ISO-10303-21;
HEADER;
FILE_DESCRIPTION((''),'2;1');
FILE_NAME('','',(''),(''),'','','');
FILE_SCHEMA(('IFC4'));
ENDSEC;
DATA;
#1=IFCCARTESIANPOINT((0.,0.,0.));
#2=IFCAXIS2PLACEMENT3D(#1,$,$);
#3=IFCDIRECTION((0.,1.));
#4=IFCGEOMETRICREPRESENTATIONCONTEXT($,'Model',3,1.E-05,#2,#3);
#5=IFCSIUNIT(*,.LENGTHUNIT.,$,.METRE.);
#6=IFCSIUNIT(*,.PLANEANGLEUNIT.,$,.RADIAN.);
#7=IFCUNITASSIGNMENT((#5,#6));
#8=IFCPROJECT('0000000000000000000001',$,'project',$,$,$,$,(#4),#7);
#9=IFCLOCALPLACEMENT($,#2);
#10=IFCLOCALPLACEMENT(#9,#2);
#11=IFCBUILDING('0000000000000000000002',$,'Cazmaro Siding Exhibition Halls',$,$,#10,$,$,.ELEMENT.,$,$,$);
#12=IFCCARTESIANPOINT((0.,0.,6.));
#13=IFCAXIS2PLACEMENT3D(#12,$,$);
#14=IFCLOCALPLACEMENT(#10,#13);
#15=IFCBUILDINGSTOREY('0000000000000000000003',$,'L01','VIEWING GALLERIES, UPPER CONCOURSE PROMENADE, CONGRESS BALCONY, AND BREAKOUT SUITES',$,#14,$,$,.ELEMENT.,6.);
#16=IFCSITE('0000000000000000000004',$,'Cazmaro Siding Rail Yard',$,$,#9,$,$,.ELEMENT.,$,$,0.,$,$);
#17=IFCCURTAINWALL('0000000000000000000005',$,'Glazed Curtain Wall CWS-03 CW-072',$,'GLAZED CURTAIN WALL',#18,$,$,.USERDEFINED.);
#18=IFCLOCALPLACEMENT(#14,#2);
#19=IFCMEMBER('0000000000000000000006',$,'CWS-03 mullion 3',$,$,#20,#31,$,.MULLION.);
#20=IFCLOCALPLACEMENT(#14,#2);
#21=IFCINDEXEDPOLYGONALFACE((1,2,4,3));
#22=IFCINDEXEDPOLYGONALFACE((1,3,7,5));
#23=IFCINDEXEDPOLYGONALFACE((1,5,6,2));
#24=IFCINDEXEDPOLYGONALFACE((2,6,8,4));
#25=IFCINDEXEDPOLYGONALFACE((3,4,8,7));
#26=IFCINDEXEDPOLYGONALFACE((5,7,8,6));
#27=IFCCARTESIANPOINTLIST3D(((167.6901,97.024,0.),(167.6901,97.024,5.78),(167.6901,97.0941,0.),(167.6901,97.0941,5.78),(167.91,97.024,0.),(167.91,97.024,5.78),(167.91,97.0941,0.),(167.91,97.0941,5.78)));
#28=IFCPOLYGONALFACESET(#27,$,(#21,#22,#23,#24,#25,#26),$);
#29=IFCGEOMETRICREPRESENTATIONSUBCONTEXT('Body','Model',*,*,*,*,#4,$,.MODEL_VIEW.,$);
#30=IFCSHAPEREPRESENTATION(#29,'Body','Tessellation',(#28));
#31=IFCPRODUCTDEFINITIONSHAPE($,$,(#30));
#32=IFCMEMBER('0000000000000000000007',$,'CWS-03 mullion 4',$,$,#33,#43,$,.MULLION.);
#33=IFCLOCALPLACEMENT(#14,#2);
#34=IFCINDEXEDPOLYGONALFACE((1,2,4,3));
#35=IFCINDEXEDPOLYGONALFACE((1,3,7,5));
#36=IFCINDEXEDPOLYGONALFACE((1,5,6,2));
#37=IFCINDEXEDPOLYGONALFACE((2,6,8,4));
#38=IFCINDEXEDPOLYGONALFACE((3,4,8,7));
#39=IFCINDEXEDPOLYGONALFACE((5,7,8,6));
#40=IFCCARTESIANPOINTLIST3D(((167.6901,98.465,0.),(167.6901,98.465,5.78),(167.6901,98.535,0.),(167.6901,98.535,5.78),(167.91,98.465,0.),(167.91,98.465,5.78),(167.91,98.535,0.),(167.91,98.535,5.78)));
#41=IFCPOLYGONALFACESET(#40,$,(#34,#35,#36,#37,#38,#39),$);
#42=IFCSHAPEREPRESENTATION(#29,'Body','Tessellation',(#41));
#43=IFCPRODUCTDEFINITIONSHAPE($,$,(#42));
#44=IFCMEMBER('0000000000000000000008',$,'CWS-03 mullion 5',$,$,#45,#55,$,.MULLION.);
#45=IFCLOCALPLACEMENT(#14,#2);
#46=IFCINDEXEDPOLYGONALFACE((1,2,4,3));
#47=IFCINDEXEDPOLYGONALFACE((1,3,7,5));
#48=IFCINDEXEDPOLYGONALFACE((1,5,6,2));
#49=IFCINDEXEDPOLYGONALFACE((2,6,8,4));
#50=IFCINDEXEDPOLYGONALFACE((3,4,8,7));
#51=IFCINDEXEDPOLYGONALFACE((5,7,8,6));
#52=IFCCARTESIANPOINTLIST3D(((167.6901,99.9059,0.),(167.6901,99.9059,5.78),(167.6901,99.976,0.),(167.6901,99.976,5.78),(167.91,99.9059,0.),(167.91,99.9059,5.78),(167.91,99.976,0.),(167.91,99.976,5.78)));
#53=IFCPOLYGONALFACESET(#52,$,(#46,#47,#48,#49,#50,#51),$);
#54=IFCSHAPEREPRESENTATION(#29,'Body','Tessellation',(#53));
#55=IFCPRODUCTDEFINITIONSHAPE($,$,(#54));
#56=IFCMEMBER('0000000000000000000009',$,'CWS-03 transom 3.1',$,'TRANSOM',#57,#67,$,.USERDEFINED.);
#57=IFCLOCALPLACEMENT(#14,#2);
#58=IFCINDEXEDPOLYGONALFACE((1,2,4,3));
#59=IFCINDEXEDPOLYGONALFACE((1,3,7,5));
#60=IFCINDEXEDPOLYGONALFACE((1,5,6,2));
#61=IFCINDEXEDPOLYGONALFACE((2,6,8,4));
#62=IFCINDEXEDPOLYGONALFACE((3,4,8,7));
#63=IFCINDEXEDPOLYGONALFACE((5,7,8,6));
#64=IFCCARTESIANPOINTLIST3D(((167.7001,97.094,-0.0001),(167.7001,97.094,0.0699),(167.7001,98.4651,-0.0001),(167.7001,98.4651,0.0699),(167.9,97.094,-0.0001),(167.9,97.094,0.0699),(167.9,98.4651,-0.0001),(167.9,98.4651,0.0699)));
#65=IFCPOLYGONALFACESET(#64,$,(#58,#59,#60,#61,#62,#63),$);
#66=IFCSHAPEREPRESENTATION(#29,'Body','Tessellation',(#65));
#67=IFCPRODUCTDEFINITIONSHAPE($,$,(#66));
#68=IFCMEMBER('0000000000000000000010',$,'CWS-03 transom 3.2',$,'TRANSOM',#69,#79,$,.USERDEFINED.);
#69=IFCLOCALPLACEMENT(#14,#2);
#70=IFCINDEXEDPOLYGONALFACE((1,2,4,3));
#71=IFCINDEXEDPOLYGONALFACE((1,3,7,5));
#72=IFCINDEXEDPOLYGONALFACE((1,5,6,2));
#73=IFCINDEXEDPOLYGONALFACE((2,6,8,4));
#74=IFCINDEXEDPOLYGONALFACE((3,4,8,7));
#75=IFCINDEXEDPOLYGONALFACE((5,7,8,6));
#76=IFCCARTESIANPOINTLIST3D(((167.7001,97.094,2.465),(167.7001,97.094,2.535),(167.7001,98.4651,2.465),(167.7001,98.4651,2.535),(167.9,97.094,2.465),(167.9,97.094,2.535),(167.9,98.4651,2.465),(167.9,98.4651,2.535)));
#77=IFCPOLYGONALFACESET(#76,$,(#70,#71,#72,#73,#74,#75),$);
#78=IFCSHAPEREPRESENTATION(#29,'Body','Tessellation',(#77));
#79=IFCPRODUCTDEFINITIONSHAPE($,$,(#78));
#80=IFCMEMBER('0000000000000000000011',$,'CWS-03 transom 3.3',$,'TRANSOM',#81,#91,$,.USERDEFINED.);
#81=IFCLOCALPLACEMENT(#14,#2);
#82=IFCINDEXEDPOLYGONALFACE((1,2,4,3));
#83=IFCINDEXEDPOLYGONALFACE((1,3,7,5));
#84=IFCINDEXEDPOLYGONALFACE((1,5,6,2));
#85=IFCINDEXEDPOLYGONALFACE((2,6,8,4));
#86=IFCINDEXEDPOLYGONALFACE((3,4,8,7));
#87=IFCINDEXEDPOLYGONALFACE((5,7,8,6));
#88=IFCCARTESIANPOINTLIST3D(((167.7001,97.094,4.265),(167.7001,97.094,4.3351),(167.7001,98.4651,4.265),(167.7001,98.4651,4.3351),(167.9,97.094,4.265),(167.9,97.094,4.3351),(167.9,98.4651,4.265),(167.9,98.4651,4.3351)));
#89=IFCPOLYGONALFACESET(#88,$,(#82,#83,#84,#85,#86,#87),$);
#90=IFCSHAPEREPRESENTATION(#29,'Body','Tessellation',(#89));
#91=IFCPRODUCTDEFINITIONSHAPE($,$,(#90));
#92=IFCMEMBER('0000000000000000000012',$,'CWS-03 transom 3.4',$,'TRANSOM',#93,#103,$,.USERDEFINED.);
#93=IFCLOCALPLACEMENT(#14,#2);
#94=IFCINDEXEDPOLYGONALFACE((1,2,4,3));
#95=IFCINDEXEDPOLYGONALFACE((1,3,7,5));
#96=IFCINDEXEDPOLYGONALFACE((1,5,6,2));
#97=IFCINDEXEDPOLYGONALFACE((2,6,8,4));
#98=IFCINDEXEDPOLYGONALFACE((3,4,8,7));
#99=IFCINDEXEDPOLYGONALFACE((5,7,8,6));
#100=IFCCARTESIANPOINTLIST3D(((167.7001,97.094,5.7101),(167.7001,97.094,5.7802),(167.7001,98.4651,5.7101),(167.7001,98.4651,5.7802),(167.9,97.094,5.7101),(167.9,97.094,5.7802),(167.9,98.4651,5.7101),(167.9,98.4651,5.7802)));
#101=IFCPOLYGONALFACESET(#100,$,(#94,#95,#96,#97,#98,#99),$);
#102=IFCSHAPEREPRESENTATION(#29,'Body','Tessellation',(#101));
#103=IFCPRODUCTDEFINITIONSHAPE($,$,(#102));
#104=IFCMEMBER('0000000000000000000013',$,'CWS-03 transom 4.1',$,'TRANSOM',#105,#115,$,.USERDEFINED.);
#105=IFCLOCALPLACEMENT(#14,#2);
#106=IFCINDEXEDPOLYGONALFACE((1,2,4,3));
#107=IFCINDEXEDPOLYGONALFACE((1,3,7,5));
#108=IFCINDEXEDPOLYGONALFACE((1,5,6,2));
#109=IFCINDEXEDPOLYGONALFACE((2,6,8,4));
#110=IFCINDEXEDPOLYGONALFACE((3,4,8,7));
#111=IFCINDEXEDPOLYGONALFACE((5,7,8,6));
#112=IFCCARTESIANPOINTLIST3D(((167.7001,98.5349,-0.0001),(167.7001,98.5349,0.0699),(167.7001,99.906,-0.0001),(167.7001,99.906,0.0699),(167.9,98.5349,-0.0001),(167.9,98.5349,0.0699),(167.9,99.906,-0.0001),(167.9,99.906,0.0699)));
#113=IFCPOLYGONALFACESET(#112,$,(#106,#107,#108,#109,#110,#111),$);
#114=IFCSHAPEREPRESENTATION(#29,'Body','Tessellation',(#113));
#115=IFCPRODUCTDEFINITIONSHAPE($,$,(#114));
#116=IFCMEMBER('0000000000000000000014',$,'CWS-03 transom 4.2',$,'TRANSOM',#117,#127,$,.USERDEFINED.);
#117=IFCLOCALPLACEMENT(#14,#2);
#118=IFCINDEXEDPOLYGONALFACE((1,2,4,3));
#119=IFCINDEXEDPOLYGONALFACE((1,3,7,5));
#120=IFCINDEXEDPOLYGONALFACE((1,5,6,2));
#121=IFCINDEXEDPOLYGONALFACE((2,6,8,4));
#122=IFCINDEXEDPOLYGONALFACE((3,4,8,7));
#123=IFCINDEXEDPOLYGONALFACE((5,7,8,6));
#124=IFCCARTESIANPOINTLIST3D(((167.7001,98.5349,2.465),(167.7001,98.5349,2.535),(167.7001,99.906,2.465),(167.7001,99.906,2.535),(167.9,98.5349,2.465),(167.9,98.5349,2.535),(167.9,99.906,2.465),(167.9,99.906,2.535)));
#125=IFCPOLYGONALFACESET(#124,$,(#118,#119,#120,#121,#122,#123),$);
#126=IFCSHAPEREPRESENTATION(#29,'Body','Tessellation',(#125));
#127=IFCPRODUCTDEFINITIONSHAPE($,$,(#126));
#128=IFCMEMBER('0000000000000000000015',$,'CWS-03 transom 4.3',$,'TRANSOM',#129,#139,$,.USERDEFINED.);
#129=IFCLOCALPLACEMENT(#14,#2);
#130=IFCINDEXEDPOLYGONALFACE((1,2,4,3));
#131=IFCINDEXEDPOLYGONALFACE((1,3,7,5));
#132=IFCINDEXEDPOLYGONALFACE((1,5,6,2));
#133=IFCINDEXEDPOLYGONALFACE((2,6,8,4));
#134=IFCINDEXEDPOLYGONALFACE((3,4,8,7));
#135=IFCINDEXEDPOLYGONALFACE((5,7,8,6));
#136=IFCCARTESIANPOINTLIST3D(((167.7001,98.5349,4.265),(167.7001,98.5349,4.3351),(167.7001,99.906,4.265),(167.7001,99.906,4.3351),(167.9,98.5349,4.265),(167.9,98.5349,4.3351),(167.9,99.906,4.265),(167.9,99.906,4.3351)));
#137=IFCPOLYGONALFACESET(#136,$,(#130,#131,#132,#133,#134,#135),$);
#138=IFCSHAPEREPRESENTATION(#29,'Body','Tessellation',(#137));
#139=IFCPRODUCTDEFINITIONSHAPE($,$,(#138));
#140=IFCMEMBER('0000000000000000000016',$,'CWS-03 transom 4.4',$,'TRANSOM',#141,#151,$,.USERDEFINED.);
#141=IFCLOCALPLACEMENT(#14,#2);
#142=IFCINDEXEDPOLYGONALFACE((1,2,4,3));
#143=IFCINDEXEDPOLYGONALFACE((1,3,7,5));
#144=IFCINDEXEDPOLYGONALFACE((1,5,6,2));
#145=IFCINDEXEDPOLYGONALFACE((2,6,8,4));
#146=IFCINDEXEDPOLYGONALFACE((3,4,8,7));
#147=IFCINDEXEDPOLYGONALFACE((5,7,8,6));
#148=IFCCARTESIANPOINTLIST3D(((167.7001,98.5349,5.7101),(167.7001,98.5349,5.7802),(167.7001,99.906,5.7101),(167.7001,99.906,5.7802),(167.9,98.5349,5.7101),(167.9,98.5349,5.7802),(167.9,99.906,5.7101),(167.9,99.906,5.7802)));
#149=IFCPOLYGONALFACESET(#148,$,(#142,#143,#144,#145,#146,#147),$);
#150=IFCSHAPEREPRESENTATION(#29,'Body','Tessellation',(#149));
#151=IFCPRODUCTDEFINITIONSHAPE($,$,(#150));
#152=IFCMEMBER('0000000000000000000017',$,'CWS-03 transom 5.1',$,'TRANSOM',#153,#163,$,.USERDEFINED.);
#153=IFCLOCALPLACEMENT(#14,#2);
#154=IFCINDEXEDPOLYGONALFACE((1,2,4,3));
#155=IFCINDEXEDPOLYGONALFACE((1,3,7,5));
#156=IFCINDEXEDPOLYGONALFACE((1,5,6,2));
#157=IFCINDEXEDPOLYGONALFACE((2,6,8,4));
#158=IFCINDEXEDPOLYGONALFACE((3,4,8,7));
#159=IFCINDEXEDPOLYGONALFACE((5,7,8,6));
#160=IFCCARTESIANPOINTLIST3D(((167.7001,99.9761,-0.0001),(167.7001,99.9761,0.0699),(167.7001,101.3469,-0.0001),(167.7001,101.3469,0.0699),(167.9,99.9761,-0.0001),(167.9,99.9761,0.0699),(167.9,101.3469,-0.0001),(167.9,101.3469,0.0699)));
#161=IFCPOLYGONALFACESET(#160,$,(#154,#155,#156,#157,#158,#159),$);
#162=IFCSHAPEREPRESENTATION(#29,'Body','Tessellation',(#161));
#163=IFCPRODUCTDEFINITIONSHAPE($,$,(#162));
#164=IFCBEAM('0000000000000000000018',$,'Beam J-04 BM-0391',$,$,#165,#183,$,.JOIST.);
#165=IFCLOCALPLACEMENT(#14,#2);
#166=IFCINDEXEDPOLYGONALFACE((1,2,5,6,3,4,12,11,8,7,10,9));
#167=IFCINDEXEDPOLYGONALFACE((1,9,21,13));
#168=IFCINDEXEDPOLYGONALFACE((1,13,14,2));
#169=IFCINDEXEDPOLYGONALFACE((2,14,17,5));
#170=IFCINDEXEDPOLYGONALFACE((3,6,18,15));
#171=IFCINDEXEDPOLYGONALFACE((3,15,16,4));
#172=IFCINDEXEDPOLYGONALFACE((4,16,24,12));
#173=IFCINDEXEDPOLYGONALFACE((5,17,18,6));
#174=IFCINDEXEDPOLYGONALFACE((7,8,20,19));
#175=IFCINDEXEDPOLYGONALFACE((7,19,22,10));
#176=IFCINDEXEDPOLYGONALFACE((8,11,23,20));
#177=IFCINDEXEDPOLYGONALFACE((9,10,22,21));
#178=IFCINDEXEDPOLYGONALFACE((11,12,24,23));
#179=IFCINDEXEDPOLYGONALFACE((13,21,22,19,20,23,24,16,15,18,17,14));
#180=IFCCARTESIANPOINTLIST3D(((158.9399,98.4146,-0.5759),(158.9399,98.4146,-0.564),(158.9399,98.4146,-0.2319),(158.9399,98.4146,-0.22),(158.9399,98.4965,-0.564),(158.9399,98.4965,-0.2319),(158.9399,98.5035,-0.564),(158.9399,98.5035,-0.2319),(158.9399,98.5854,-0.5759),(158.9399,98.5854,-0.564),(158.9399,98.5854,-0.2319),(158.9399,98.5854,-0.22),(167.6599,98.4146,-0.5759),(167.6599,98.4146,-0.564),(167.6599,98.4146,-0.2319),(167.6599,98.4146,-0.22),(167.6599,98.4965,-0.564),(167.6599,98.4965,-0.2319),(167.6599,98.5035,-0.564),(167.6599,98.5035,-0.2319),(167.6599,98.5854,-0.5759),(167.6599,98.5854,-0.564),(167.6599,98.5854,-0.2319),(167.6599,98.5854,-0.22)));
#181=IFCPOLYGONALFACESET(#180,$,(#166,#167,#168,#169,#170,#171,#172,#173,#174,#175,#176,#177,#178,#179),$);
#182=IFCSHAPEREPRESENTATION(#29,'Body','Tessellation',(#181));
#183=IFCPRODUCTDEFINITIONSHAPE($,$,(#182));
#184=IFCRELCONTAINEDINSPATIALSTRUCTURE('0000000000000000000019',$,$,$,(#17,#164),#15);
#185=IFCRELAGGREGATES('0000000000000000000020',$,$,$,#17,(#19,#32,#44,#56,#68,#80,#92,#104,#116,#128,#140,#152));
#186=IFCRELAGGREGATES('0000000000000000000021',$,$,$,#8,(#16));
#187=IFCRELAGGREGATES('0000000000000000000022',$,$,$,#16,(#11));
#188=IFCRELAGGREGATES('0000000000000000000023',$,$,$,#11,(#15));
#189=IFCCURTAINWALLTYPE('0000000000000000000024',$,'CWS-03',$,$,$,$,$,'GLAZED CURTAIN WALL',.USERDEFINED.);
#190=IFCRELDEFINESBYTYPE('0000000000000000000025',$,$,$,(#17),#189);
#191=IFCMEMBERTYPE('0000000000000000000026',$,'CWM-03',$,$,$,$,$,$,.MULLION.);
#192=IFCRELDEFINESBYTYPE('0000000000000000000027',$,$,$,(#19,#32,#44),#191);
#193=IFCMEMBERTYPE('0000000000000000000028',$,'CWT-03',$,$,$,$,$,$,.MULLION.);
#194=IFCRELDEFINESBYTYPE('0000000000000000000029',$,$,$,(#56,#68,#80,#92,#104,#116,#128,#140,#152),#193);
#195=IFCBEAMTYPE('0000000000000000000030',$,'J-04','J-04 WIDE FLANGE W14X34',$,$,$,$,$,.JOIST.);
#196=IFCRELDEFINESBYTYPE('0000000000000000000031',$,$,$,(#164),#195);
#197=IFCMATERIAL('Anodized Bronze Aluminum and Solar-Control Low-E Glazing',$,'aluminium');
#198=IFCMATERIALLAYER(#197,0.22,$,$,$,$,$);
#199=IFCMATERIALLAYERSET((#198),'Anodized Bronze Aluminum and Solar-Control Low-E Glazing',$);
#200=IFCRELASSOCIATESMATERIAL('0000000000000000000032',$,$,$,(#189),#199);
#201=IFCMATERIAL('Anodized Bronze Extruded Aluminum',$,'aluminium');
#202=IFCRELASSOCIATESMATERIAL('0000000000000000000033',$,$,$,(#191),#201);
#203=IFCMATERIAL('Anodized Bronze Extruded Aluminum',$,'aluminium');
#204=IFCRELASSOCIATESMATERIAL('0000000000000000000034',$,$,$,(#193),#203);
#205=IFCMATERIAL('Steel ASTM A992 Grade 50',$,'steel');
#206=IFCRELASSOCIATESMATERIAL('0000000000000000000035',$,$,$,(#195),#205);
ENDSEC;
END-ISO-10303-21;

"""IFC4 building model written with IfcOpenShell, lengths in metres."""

from ifc_helpers import new_model, si_unit, direction, frame, origin, origin_2d, place, context, subcontext, project, spatial, rectangle, i_section, extrude, material, layer, layer_set, material_profile, profile_set, type_object, element, aggregate, save


model = new_model("IFC4")

# Units and contexts
model_context = context("Model", 3, precision=1e-05, world=origin(), true_north=direction((0.0, 1.0)))
body_context = subcontext(model_context, "Body", "Model", "MODEL_VIEW")
ifc_project = project(units=[si_unit("LENGTHUNIT", "METRE"), si_unit("PLANEANGLEUNIT", "RADIAN")], contexts=[model_context])

# Site, building, storey
site_placement = place(None, origin())
site = spatial("IfcSite", under=ifc_project, at=site_placement, Name="Cazmaro Siding Rail Yard", CompositionType="ELEMENT", RefElevation=0.0)
building_placement = place(site_placement, origin())
building = spatial("IfcBuilding", under=site, at=building_placement, Name="Cazmaro Siding Exhibition Halls", CompositionType="ELEMENT")
storey_placement = place(building_placement, frame((0.0, 0.0, 6.0)))
storey = spatial("IfcBuildingStorey", under=building, at=storey_placement, Name="L01", Description="VIEWING GALLERIES, UPPER CONCOURSE PROMENADE, CONGRESS BALCONY, AND BREAKOUT SUITES", CompositionType="ELEMENT", Elevation=6.0)

# Curtain wall, members
ifc_material_1 = material(Name="Anodized Bronze Aluminum and Solar-Control Low-E Glazing", Category="aluminium")
ifc_layer_1 = layer(ifc_material_1, 0.22)
ifc_layer_set_1 = layer_set([ifc_layer_1], Name="Anodized Bronze Aluminum and Solar-Control Low-E Glazing")
curtain_wall_type = type_object("IfcCurtainWallType", Name="CWS-03", ElementType="GLAZED CURTAIN WALL", PredefinedType="USERDEFINED", material=ifc_layer_set_1)
curtain_wall_placement = place(storey_placement, origin())
curtain_wall = element("IfcCurtainWall", 1, at=curtain_wall_placement, inside=storey, type_object=curtain_wall_type, Name="Glazed Curtain Wall CWS-03 CW-072", ObjectType="GLAZED CURTAIN WALL", PredefinedType="USERDEFINED")
ifc_material_2 = material(Name="Anodized Bronze Extruded Aluminum", Category="aluminium")
ifc_material_profile_1 = material_profile(ifc_material_2, rectangle(XDim=0.22, YDim=0.0701, at=origin_2d()), Name="CWM-03")
ifc_profile_set_1 = profile_set([ifc_material_profile_1], Name="Anodized Bronze Extruded Aluminum")
member_type_1 = type_object("IfcMemberType", Name="CWM-03", PredefinedType="MULLION", material=ifc_profile_set_1)
member_1_placement = place(storey_placement, frame((167.8, 97.0591, 0.0), z_axis=(0.0, 0.0, 1.0), x_axis=(-1.0, 0.0, 0.0)))
member_1 = element("IfcMember", 2, at=member_1_placement, type_object=member_type_1, Name="CWS-03 mullion 3", PredefinedType="MULLION", context=body_context, shape_type="SweptSolid", body=[
    extrude(rectangle(XDim=0.22, YDim=0.0701, at=origin_2d()), origin(), (0.0, 0.0, 1.0), 5.78),
])
member_2_placement = place(storey_placement, frame((167.8, 98.5, 0.0), z_axis=(0.0, 0.0, 1.0), x_axis=(-1.0, 0.0, 0.0)))
member_2 = element("IfcMember", 3, at=member_2_placement, type_object=member_type_1, Name="CWS-03 mullion 4", PredefinedType="MULLION", context=body_context, shape_type="SweptSolid", body=[
    extrude(rectangle(XDim=0.22, YDim=0.0701, at=origin_2d()), origin(), (0.0, 0.0, 1.0), 5.78),
])
member_3_placement = place(storey_placement, frame((167.8, 99.9409, 0.0), z_axis=(0.0, 0.0, 1.0), x_axis=(-1.0, 0.0, 0.0)))
member_3 = element("IfcMember", 4, at=member_3_placement, type_object=member_type_1, Name="CWS-03 mullion 5", PredefinedType="MULLION", context=body_context, shape_type="SweptSolid", body=[
    extrude(rectangle(XDim=0.22, YDim=0.0701, at=origin_2d()), origin(), (0.0, 0.0, 1.0), 5.78),
])
ifc_material_3 = material(Name="Anodized Bronze Extruded Aluminum", Category="aluminium")
ifc_material_profile_2 = material_profile(ifc_material_3, rectangle(XDim=0.2, YDim=0.0701, at=origin_2d()), Name="CWT-03")
ifc_profile_set_2 = profile_set([ifc_material_profile_2], Name="Anodized Bronze Extruded Aluminum")
member_type_2 = type_object("IfcMemberType", Name="CWT-03", PredefinedType="MULLION", material=ifc_profile_set_2)
member_4_placement = place(storey_placement, frame((167.8, 97.094, 0.0349), z_axis=(0.0, 1.0, 0.0), x_axis=(-1.0, 0.0, 0.0)))
member_4 = element("IfcMember", 5, at=member_4_placement, type_object=member_type_2, Name="CWS-03 transom 3.1", ObjectType="TRANSOM", PredefinedType="USERDEFINED", context=body_context, shape_type="SweptSolid", body=[
    extrude(rectangle(XDim=0.2, YDim=0.0701, at=origin_2d()), origin(), (0.0, 0.0, 1.0), 1.3711),
])
member_5_placement = place(storey_placement, frame((167.8, 97.094, 2.5), z_axis=(0.0, 1.0, 0.0), x_axis=(-1.0, 0.0, 0.0)))
member_5 = element("IfcMember", 6, at=member_5_placement, type_object=member_type_2, Name="CWS-03 transom 3.2", ObjectType="TRANSOM", PredefinedType="USERDEFINED", context=body_context, shape_type="SweptSolid", body=[
    extrude(rectangle(XDim=0.2, YDim=0.0701, at=origin_2d()), origin(), (0.0, 0.0, 1.0), 1.3711),
])
member_6_placement = place(storey_placement, frame((167.8, 97.094, 4.3), z_axis=(0.0, 1.0, 0.0), x_axis=(-1.0, 0.0, 0.0)))
member_6 = element("IfcMember", 7, at=member_6_placement, type_object=member_type_2, Name="CWS-03 transom 3.3", ObjectType="TRANSOM", PredefinedType="USERDEFINED", context=body_context, shape_type="SweptSolid", body=[
    extrude(rectangle(XDim=0.2, YDim=0.0701, at=origin_2d()), origin(), (0.0, 0.0, 1.0), 1.3711),
])
member_7_placement = place(storey_placement, frame((167.8, 97.094, 5.7451), z_axis=(0.0, 1.0, 0.0), x_axis=(-1.0, 0.0, 0.0)))
member_7 = element("IfcMember", 8, at=member_7_placement, type_object=member_type_2, Name="CWS-03 transom 3.4", ObjectType="TRANSOM", PredefinedType="USERDEFINED", context=body_context, shape_type="SweptSolid", body=[
    extrude(rectangle(XDim=0.2, YDim=0.0701, at=origin_2d()), origin(), (0.0, 0.0, 1.0), 1.3711),
])
member_8_placement = place(storey_placement, frame((167.8, 98.5349, 0.0349), z_axis=(0.0, 1.0, 0.0), x_axis=(-1.0, 0.0, 0.0)))
member_8 = element("IfcMember", 9, at=member_8_placement, type_object=member_type_2, Name="CWS-03 transom 4.1", ObjectType="TRANSOM", PredefinedType="USERDEFINED", context=body_context, shape_type="SweptSolid", body=[
    extrude(rectangle(XDim=0.2, YDim=0.0701, at=origin_2d()), origin(), (0.0, 0.0, 1.0), 1.3711),
])
member_9_placement = place(storey_placement, frame((167.8, 98.5349, 2.5), z_axis=(0.0, 1.0, 0.0), x_axis=(-1.0, 0.0, 0.0)))
member_9 = element("IfcMember", 10, at=member_9_placement, type_object=member_type_2, Name="CWS-03 transom 4.2", ObjectType="TRANSOM", PredefinedType="USERDEFINED", context=body_context, shape_type="SweptSolid", body=[
    extrude(rectangle(XDim=0.2, YDim=0.0701, at=origin_2d()), origin(), (0.0, 0.0, 1.0), 1.3711),
])
member_10_placement = place(storey_placement, frame((167.8, 98.5349, 4.3), z_axis=(0.0, 1.0, 0.0), x_axis=(-1.0, 0.0, 0.0)))
member_10 = element("IfcMember", 11, at=member_10_placement, type_object=member_type_2, Name="CWS-03 transom 4.3", ObjectType="TRANSOM", PredefinedType="USERDEFINED", context=body_context, shape_type="SweptSolid", body=[
    extrude(rectangle(XDim=0.2, YDim=0.0701, at=origin_2d()), origin(), (0.0, 0.0, 1.0), 1.3711),
])
member_11_placement = place(storey_placement, frame((167.8, 98.5349, 5.7451), z_axis=(0.0, 1.0, 0.0), x_axis=(-1.0, 0.0, 0.0)))
member_11 = element("IfcMember", 12, at=member_11_placement, type_object=member_type_2, Name="CWS-03 transom 4.4", ObjectType="TRANSOM", PredefinedType="USERDEFINED", context=body_context, shape_type="SweptSolid", body=[
    extrude(rectangle(XDim=0.2, YDim=0.0701, at=origin_2d()), origin(), (0.0, 0.0, 1.0), 1.3711),
])
member_12_placement = place(storey_placement, frame((167.8, 99.9761, 0.0349), z_axis=(0.0, 1.0, 0.0), x_axis=(-1.0, 0.0, 0.0)))
member_12 = element("IfcMember", 13, at=member_12_placement, type_object=member_type_2, Name="CWS-03 transom 5.1", ObjectType="TRANSOM", PredefinedType="USERDEFINED", context=body_context, shape_type="SweptSolid", body=[
    extrude(rectangle(XDim=0.2, YDim=0.0701, at=origin_2d()), origin(), (0.0, 0.0, 1.0), 1.3708),
])

# Beam
ifc_material_4 = material(Name="Steel ASTM A992 Grade 50", Category="steel")
ifc_material_profile_3 = material_profile(ifc_material_4, i_section(OverallWidth=0.1709, OverallDepth=0.356, WebThickness=0.0071, FlangeThickness=0.012, at=origin_2d()), Name="W14X34")
ifc_profile_set_3 = profile_set([ifc_material_profile_3], Name="Steel ASTM A992 Grade 50")
beam_type = type_object("IfcBeamType", Name="J-04", Description="J-04 WIDE FLANGE W14X34", PredefinedType="JOIST", material=ifc_profile_set_3)
beam_placement = place(storey_placement, frame((158.9399, 98.5, -0.3979), z_axis=(1.0, 0.0, 0.0), x_axis=(0.0, 1.0, 0.0)))
element("IfcBeam", 14, at=beam_placement, inside=storey, type_object=beam_type, Name="Beam J-04 BM-0391", PredefinedType="JOIST", context=body_context, shape_type="SweptSolid", body=[
    extrude(i_section(OverallWidth=0.1709, OverallDepth=0.356, WebThickness=0.0071, FlangeThickness=0.012, at=origin_2d()), origin(), (0.0, 0.0, 1.0), 8.72),
])

aggregate(curtain_wall, [member_1, member_2, member_3, member_4, member_5, member_6, member_7, member_8, member_9, member_10, member_11, member_12])

save(model, "model.ifc")
